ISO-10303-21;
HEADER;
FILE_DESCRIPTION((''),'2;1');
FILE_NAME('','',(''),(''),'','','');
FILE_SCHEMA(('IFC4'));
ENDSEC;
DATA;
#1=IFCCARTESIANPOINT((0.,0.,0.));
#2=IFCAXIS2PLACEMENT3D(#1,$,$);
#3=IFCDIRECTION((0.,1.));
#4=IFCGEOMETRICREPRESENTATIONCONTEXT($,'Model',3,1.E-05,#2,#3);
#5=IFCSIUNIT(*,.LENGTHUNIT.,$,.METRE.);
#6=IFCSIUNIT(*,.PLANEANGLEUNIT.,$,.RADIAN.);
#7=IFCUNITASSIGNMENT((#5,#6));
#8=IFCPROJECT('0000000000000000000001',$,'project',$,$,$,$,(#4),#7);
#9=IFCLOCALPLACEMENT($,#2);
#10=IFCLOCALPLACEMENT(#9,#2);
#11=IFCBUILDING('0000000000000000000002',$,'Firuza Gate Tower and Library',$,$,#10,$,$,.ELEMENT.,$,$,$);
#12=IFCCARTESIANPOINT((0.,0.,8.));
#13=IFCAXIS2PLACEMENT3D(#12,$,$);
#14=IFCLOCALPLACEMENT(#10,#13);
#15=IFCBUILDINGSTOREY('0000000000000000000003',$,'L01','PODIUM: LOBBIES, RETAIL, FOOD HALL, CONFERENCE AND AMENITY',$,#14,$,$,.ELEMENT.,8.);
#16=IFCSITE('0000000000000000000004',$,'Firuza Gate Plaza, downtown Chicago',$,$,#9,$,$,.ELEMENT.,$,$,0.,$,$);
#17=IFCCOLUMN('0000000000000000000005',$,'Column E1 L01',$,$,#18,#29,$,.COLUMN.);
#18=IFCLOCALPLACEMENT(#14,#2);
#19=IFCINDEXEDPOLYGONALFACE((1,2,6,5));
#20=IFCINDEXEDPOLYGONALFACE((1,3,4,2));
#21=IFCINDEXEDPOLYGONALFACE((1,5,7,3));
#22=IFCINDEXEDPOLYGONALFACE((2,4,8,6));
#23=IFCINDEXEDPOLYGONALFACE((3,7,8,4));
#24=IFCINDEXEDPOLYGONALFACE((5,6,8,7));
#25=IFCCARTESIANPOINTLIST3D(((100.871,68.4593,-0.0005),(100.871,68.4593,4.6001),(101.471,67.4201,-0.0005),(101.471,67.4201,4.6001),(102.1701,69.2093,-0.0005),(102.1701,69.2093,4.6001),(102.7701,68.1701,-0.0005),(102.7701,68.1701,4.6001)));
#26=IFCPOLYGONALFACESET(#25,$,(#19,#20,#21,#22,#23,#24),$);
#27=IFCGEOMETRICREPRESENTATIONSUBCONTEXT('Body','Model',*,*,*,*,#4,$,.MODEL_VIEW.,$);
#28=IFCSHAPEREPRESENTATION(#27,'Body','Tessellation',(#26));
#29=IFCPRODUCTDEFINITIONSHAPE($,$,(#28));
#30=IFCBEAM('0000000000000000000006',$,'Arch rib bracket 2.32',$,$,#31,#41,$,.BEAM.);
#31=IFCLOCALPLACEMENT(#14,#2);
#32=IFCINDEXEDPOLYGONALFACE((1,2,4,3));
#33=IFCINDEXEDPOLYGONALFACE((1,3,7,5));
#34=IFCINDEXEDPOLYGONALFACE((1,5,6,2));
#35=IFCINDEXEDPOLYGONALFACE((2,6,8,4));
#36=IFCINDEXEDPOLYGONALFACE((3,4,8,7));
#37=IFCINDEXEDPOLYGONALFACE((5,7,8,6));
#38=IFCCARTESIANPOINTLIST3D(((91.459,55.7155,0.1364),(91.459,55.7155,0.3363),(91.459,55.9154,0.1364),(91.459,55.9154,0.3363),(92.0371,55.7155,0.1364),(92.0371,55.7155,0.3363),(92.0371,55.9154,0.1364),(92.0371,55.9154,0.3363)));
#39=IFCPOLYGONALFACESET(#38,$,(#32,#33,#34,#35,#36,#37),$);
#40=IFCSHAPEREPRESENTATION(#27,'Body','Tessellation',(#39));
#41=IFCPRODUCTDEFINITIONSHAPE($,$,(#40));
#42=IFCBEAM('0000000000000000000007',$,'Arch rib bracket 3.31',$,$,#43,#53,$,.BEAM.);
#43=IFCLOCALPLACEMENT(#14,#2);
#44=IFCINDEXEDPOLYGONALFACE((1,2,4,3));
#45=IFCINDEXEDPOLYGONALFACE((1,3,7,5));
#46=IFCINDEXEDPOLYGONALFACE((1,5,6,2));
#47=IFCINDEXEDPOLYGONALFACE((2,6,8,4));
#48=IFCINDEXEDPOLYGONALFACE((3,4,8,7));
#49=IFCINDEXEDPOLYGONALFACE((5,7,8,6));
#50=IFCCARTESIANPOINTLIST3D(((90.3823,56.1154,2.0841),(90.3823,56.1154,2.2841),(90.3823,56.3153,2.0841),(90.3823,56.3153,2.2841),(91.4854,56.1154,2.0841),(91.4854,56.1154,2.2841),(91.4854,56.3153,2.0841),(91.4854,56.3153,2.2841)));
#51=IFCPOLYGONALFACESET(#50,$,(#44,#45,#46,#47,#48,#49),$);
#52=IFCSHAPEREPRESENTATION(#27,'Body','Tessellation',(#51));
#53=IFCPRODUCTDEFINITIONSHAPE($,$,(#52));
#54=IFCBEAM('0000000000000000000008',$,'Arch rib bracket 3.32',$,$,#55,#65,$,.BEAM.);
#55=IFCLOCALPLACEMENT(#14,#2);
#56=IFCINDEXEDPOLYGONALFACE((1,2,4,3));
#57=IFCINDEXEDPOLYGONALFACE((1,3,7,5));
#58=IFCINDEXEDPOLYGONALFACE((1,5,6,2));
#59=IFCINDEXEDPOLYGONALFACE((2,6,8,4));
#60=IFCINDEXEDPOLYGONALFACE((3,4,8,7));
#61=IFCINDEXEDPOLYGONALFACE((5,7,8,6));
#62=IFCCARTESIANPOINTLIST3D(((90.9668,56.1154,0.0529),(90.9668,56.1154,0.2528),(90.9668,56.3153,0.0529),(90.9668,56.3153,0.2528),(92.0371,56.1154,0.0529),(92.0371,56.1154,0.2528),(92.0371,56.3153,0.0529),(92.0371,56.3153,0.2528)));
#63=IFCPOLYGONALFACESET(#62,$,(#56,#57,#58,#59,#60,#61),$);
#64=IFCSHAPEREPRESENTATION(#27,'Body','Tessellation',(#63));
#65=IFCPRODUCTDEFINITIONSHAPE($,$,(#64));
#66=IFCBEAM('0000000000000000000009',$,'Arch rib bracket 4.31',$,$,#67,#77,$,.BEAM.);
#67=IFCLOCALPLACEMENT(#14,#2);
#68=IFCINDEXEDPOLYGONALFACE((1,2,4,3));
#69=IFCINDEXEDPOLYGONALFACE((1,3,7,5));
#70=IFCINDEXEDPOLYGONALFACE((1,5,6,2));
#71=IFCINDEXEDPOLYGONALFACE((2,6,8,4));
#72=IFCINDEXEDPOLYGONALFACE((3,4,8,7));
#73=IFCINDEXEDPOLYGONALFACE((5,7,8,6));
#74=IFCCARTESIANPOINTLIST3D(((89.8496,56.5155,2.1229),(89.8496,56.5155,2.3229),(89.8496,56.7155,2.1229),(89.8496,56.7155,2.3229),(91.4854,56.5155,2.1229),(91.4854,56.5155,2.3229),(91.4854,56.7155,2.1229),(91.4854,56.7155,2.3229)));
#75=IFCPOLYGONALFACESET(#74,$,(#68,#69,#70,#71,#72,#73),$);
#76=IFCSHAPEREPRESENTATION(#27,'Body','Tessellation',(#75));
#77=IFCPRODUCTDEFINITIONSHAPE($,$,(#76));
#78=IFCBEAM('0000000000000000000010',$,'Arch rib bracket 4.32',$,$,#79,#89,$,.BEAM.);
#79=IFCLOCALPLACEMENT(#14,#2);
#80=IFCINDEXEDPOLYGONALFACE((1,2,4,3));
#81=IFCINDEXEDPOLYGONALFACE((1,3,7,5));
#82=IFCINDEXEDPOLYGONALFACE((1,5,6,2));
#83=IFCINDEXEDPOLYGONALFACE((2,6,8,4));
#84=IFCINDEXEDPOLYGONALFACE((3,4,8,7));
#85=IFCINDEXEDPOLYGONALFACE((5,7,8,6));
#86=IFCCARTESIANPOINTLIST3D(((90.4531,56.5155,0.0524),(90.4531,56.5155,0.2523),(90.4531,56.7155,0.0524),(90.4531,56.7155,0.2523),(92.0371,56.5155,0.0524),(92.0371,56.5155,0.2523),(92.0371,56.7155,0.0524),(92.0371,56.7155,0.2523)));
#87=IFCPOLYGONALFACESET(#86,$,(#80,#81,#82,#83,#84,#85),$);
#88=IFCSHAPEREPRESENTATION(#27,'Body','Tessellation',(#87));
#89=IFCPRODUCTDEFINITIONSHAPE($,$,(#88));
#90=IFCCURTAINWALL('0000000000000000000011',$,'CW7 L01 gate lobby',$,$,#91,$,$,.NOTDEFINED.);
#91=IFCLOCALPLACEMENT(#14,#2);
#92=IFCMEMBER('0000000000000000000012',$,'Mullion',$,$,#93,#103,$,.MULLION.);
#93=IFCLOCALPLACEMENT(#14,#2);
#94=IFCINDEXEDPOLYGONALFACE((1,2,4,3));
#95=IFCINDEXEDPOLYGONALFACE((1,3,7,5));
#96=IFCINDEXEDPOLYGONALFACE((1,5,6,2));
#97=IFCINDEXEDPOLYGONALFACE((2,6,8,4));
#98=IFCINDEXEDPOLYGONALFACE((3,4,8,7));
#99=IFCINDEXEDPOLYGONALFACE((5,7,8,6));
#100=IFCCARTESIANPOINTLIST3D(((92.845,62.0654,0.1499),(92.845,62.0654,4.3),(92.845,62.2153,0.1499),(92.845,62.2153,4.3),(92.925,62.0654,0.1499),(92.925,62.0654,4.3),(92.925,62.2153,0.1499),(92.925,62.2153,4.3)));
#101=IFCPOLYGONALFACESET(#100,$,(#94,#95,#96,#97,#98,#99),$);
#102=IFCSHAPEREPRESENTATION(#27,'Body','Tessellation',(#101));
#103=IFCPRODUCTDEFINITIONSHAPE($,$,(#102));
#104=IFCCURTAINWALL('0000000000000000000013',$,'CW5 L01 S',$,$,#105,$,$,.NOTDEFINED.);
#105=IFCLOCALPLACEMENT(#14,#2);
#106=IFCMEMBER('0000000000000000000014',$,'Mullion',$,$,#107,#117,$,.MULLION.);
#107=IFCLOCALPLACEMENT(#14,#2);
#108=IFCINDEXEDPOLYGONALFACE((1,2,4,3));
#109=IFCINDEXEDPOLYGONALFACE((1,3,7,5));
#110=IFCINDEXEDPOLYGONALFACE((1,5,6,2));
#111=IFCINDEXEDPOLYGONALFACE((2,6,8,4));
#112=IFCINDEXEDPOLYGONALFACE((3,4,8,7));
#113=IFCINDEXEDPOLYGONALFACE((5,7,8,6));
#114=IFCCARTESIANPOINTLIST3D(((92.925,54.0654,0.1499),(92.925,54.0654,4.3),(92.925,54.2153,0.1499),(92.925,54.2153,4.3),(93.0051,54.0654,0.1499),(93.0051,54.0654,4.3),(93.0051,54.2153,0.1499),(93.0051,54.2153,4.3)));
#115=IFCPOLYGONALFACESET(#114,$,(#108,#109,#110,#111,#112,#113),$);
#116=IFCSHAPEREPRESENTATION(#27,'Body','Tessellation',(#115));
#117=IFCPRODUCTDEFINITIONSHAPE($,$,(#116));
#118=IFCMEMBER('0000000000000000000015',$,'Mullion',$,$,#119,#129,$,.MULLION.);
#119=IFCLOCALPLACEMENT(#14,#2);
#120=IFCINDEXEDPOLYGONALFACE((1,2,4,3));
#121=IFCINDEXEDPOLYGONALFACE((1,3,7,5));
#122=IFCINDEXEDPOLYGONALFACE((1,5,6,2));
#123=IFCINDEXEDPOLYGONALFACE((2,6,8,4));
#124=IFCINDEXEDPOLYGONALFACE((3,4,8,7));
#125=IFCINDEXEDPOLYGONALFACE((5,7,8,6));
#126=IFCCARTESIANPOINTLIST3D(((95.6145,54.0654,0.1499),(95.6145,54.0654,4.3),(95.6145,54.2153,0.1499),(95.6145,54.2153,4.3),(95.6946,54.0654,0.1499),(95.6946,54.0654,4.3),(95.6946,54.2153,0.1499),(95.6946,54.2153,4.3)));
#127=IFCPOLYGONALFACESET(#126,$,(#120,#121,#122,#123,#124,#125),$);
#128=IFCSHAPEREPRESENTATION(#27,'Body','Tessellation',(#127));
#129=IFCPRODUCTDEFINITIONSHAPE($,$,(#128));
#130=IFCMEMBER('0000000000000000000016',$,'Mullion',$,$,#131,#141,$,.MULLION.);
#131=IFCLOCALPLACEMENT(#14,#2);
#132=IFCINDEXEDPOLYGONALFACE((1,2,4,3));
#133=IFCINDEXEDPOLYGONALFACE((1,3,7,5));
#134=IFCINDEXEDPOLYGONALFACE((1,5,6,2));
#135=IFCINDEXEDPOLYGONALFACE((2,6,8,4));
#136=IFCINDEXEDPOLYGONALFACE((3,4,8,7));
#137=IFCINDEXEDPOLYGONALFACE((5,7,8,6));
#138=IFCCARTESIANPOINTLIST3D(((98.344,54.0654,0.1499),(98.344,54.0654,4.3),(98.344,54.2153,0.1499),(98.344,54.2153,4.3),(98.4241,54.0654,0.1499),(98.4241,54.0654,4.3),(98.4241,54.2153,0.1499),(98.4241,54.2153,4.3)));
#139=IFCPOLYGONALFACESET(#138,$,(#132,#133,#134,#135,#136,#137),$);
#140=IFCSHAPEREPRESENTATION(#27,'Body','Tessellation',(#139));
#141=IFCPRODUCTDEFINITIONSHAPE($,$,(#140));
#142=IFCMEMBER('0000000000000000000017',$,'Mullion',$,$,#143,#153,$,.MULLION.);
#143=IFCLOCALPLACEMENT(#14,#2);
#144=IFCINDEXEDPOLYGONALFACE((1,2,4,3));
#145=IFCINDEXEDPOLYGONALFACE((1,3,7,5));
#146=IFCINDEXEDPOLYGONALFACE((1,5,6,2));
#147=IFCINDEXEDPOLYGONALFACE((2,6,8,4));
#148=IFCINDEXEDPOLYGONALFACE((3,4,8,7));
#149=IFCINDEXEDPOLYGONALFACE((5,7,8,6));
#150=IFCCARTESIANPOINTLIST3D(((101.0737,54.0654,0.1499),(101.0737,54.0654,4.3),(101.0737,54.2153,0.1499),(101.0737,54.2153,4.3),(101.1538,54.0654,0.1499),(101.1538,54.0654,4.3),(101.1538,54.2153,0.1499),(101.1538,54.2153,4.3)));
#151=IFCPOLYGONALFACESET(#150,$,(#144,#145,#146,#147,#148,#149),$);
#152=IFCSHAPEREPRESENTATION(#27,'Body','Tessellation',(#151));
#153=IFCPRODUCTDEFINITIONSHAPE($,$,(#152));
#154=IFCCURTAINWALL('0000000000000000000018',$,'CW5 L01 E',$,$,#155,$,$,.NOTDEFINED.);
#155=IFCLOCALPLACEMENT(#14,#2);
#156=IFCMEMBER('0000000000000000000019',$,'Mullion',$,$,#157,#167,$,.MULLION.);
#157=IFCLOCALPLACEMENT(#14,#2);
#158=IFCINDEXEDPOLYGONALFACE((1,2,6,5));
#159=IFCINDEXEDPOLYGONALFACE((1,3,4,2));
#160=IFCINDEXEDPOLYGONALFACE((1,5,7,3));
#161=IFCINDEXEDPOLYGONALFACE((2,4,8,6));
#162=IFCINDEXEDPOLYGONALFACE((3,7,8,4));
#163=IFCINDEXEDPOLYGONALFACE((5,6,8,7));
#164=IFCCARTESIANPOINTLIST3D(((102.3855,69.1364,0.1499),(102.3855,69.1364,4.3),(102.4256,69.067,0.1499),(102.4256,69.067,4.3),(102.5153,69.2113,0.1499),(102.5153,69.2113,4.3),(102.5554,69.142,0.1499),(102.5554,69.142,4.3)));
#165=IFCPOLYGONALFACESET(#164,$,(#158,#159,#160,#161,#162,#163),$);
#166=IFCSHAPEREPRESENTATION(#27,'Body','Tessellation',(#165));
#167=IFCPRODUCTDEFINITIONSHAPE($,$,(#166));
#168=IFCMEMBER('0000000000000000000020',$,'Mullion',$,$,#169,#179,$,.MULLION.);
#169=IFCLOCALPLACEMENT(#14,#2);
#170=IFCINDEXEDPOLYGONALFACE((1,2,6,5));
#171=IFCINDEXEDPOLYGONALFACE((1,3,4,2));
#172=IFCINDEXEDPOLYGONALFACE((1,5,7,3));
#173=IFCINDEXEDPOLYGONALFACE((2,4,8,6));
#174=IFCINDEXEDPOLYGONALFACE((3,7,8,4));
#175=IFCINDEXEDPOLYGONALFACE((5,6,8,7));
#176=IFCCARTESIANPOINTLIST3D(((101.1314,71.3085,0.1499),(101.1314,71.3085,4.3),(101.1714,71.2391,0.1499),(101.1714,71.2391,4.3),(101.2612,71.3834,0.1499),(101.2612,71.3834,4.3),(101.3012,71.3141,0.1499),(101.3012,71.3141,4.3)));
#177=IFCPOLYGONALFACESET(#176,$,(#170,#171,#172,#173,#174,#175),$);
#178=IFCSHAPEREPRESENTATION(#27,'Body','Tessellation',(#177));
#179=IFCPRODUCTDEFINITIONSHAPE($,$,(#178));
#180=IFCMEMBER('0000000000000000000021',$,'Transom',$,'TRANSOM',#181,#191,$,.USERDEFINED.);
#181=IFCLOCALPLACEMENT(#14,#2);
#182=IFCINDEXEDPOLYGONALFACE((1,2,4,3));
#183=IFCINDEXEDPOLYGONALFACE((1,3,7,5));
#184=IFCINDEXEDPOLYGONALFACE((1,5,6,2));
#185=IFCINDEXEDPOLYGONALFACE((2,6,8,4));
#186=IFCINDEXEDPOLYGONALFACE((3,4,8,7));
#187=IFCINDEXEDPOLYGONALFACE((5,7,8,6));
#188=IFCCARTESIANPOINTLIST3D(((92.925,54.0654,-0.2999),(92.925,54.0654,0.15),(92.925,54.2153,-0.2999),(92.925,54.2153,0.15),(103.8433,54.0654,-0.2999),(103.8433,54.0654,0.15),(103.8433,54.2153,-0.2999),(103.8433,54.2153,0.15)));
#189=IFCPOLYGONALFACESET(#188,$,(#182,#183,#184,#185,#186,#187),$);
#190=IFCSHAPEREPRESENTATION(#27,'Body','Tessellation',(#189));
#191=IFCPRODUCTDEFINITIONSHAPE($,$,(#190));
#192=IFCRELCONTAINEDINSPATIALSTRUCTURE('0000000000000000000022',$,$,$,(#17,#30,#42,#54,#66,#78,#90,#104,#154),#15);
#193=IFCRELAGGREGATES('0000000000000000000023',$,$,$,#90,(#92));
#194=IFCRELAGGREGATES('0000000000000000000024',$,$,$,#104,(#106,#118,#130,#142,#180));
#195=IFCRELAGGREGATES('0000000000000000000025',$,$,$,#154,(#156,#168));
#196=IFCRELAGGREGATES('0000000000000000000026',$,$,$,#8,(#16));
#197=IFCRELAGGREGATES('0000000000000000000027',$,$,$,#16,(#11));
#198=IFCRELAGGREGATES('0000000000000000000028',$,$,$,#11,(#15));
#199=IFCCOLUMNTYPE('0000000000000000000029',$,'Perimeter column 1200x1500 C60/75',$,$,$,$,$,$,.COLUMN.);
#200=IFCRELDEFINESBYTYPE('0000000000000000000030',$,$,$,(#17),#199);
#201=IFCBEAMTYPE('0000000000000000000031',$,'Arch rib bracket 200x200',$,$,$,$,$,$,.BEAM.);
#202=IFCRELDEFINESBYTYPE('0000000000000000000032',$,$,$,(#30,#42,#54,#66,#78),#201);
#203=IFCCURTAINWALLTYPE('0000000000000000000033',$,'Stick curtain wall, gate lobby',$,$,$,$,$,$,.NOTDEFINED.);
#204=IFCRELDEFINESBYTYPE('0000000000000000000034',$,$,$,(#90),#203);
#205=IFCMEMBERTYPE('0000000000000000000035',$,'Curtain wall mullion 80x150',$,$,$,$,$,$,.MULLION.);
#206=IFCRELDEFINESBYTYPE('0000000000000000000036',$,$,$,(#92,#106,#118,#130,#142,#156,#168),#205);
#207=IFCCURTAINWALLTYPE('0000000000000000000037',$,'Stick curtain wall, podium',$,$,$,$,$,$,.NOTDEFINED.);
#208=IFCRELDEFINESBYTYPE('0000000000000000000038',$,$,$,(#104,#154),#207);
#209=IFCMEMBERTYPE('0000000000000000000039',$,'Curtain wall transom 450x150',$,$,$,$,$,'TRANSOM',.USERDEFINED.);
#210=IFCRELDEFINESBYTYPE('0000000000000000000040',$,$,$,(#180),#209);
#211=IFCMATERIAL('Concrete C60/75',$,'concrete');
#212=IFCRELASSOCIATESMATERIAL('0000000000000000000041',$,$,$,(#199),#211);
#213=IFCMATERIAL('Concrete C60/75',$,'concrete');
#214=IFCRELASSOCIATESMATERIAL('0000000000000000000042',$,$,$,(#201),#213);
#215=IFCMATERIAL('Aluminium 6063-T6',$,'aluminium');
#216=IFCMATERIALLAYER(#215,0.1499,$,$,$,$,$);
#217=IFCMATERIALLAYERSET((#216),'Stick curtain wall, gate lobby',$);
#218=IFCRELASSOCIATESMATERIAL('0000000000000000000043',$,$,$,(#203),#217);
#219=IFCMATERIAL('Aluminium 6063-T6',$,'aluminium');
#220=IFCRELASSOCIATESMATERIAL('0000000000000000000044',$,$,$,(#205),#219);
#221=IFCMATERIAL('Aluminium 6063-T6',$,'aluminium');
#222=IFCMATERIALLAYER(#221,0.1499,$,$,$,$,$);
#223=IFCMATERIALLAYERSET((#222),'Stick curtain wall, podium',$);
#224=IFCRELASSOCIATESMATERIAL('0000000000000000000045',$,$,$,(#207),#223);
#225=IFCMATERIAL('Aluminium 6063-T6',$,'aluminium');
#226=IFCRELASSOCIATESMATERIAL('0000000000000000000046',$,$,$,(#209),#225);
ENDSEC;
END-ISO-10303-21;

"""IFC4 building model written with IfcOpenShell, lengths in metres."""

from ifc_helpers import new_model, si_unit, direction, frame, origin, origin_2d, place, context, subcontext, project, spatial, rectangle, extrude, material, layer, layer_set, material_profile, profile_set, type_object, element, aggregate, save


model = new_model("IFC4")

# Units and contexts
model_context = context("Model", 3, precision=1e-05, world=origin(), true_north=direction((0.0, 1.0)))
body_context = subcontext(model_context, "Body", "Model", "MODEL_VIEW")
ifc_project = project(units=[si_unit("LENGTHUNIT", "METRE"), si_unit("PLANEANGLEUNIT", "RADIAN")], contexts=[model_context])

# Site, building, storey
site_placement = place(None, origin())
site = spatial("IfcSite", under=ifc_project, at=site_placement, Name="Firuza Gate Plaza, downtown Chicago", CompositionType="ELEMENT", RefElevation=0.0)
building_placement = place(site_placement, origin())
building = spatial("IfcBuilding", under=site, at=building_placement, Name="Firuza Gate Tower and Library", CompositionType="ELEMENT")
storey_placement = place(building_placement, frame((0.0, 0.0, 8.0)))
storey = spatial("IfcBuildingStorey", under=building, at=storey_placement, Name="L01", Description="PODIUM: LOBBIES, RETAIL, FOOD HALL, CONFERENCE AND AMENITY", CompositionType="ELEMENT", Elevation=8.0)

# Column
ifc_material_1 = material(Name="Concrete C60/75", Category="concrete")
ifc_material_profile_1 = material_profile(ifc_material_1, rectangle(XDim=1.2, YDim=1.5, at=origin_2d()))
ifc_profile_set_1 = profile_set([ifc_material_profile_1], Name="Concrete C60/75")
column_type = type_object("IfcColumnType", Name="Perimeter column 1200x1500 C60/75", PredefinedType="COLUMN", material=ifc_profile_set_1)
column_placement = place(storey_placement, frame((101.8206, 68.3147, -0.0005), z_axis=(0.0, 0.0, 1.0), x_axis=(-0.5, 0.866025, 0.0)))
element("IfcColumn", 1, at=column_placement, inside=storey, type_object=column_type, Name="Column E1 L01", PredefinedType="COLUMN", context=body_context, shape_type="SweptSolid", body=[
    extrude(rectangle(XDim=1.2, YDim=1.5, at=origin_2d()), origin(), (0.0, 0.0, 1.0), 4.6006),
])

# Beams
ifc_material_2 = material(Name="Concrete C60/75", Category="concrete")
ifc_material_profile_2 = material_profile(ifc_material_2, rectangle(XDim=0.2, YDim=0.2, at=origin_2d()))
ifc_profile_set_2 = profile_set([ifc_material_profile_2], Name="Concrete C60/75")
beam_type_1 = type_object("IfcBeamType", Name="Arch rib bracket 200x200", PredefinedType="BEAM", material=ifc_profile_set_2)
beam_1_placement = place(storey_placement, frame((92.0371, 55.8154, 0.2363), z_axis=(-1.0, 0.0, 0.0), x_axis=(0.0, -1.0, 0.0)))
element("IfcBeam", 2, at=beam_1_placement, inside=storey, type_object=beam_type_1, Name="Arch rib bracket 2.32", PredefinedType="BEAM", context=body_context, shape_type="SweptSolid", body=[
    extrude(rectangle(XDim=0.2, YDim=0.2, at=origin_2d()), origin(), (0.0, 0.0, 1.0), 0.5781),
])
beam_2_placement = place(storey_placement, frame((91.4854, 56.2153, 2.1841), z_axis=(-1.0, 0.0, 0.0), x_axis=(0.0, -1.0, 0.0)))
element("IfcBeam", 3, at=beam_2_placement, inside=storey, type_object=beam_type_1, Name="Arch rib bracket 3.31", PredefinedType="BEAM", context=body_context, shape_type="SweptSolid", body=[
    extrude(rectangle(XDim=0.2, YDim=0.2, at=origin_2d()), origin(), (0.0, 0.0, 1.0), 1.103),
])
beam_3_placement = place(storey_placement, frame((92.0371, 56.2153, 0.1528), z_axis=(-1.0, 0.0, 0.0), x_axis=(0.0, -1.0, 0.0)))
element("IfcBeam", 4, at=beam_3_placement, inside=storey, type_object=beam_type_1, Name="Arch rib bracket 3.32", PredefinedType="BEAM", context=body_context, shape_type="SweptSolid", body=[
    extrude(rectangle(XDim=0.2, YDim=0.2, at=origin_2d()), origin(), (0.0, 0.0, 1.0), 1.0703),
])
beam_4_placement = place(storey_placement, frame((91.4854, 56.6155, 2.2229), z_axis=(-1.0, 0.0, 0.0), x_axis=(0.0, -1.0, 0.0)))
element("IfcBeam", 5, at=beam_4_placement, inside=storey, type_object=beam_type_1, Name="Arch rib bracket 4.31", PredefinedType="BEAM", context=body_context, shape_type="SweptSolid", body=[
    extrude(rectangle(XDim=0.2, YDim=0.2, at=origin_2d()), origin(), (0.0, 0.0, 1.0), 1.6357),
])
beam_5_placement = place(storey_placement, frame((92.0371, 56.6155, 0.1523), z_axis=(-1.0, 0.0, 0.0), x_axis=(0.0, -1.0, 0.0)))
element("IfcBeam", 6, at=beam_5_placement, inside=storey, type_object=beam_type_1, Name="Arch rib bracket 4.32", PredefinedType="BEAM", context=body_context, shape_type="SweptSolid", body=[
    extrude(rectangle(XDim=0.2, YDim=0.2, at=origin_2d()), origin(), (0.0, 0.0, 1.0), 1.584),
])

# Curtain wall, member
ifc_material_3 = material(Name="Aluminium 6063-T6", Category="aluminium")
ifc_layer_1 = layer(ifc_material_3, 0.1499)
ifc_layer_set_1 = layer_set([ifc_layer_1], Name="Stick curtain wall, gate lobby")
curtain_wall_type_1 = type_object("IfcCurtainWallType", Name="Stick curtain wall, gate lobby", PredefinedType="NOTDEFINED", material=ifc_layer_set_1)
placement = place(storey_placement, origin())
curtain_wall_1 = element("IfcCurtainWall", 7, at=placement, inside=storey, type_object=curtain_wall_type_1, Name="CW7 L01 gate lobby", PredefinedType="NOTDEFINED")
ifc_material_4 = material(Name="Aluminium 6063-T6", Category="aluminium")
ifc_material_profile_3 = material_profile(ifc_material_4, rectangle(XDim=0.1499, YDim=0.0801, at=origin_2d()))
ifc_profile_set_3 = profile_set([ifc_material_profile_3], Name="Aluminium 6063-T6")
member_type_1 = type_object("IfcMemberType", Name="Curtain wall mullion 80x150", PredefinedType="MULLION", material=ifc_profile_set_3)
member_1_placement = place(storey_placement, frame((92.885, 62.1404, 0.1499), z_axis=(0.0, 0.0, 1.0), x_axis=(0.0, 1.0, 0.0)))
member_1 = element("IfcMember", 8, at=member_1_placement, type_object=member_type_1, Name="Mullion", PredefinedType="MULLION", context=body_context, shape_type="SweptSolid", body=[
    extrude(rectangle(XDim=0.1499, YDim=0.0801, at=origin_2d()), origin(), (0.0, 0.0, 1.0), 4.1501),
])
aggregate(curtain_wall_1, [member_1])

# Curtain walls, members
ifc_material_5 = material(Name="Aluminium 6063-T6", Category="aluminium")
ifc_layer_2 = layer(ifc_material_5, 0.1499)
ifc_layer_set_2 = layer_set([ifc_layer_2], Name="Stick curtain wall, podium")
curtain_wall_type_2 = type_object("IfcCurtainWallType", Name="Stick curtain wall, podium", PredefinedType="NOTDEFINED", material=ifc_layer_set_2)
curtain_wall_2 = element("IfcCurtainWall", 9, at=placement, inside=storey, type_object=curtain_wall_type_2, Name="CW5 L01 S", PredefinedType="NOTDEFINED")
member_2_placement = place(storey_placement, frame((92.9651, 54.1404, 0.1499), z_axis=(0.0, 0.0, 1.0), x_axis=(0.0, 1.0, 0.0)))
member_2 = element("IfcMember", 10, at=member_2_placement, type_object=member_type_1, Name="Mullion", PredefinedType="MULLION", context=body_context, shape_type="SweptSolid", body=[
    extrude(rectangle(XDim=0.1499, YDim=0.0801, at=origin_2d()), origin(), (0.0, 0.0, 1.0), 4.1501),
])
member_3_placement = place(storey_placement, frame((95.6545, 54.1404, 0.1499), z_axis=(0.0, 0.0, 1.0), x_axis=(0.0, 1.0, 0.0)))
member_3 = element("IfcMember", 11, at=member_3_placement, type_object=member_type_1, Name="Mullion", PredefinedType="MULLION", context=body_context, shape_type="SweptSolid", body=[
    extrude(rectangle(XDim=0.1499, YDim=0.0801, at=origin_2d()), origin(), (0.0, 0.0, 1.0), 4.1501),
])
member_4_placement = place(storey_placement, frame((98.384, 54.1404, 0.1499), z_axis=(0.0, 0.0, 1.0), x_axis=(0.0, 1.0, 0.0)))
member_4 = element("IfcMember", 12, at=member_4_placement, type_object=member_type_1, Name="Mullion", PredefinedType="MULLION", context=body_context, shape_type="SweptSolid", body=[
    extrude(rectangle(XDim=0.1499, YDim=0.0801, at=origin_2d()), origin(), (0.0, 0.0, 1.0), 4.1501),
])
member_5_placement = place(storey_placement, frame((101.1138, 54.1404, 0.1499), z_axis=(0.0, 0.0, 1.0), x_axis=(0.0, 1.0, 0.0)))
member_5 = element("IfcMember", 13, at=member_5_placement, type_object=member_type_1, Name="Mullion", PredefinedType="MULLION", context=body_context, shape_type="SweptSolid", body=[
    extrude(rectangle(XDim=0.1499, YDim=0.0801, at=origin_2d()), origin(), (0.0, 0.0, 1.0), 4.1501),
])
curtain_wall_3 = element("IfcCurtainWall", 14, at=placement, inside=storey, type_object=curtain_wall_type_2, Name="CW5 L01 E", PredefinedType="NOTDEFINED")
member_6_placement = place(storey_placement, frame((102.4705, 69.1392, 0.1499), z_axis=(0.0, 0.0, 1.0), x_axis=(-0.866025, -0.5, 0.0)))
member_6 = element("IfcMember", 15, at=member_6_placement, type_object=member_type_1, Name="Mullion", PredefinedType="MULLION", context=body_context, shape_type="SweptSolid", body=[
    extrude(rectangle(XDim=0.1499, YDim=0.0801, at=origin_2d()), origin(), (0.0, 0.0, 1.0), 4.1501),
])
member_7_placement = place(storey_placement, frame((101.2163, 71.3113, 0.1499), z_axis=(0.0, 0.0, 1.0), x_axis=(-0.866025, -0.5, 0.0)))
member_7 = element("IfcMember", 16, at=member_7_placement, type_object=member_type_1, Name="Mullion", PredefinedType="MULLION", context=body_context, shape_type="SweptSolid", body=[
    extrude(rectangle(XDim=0.1499, YDim=0.0801, at=origin_2d()), origin(), (0.0, 0.0, 1.0), 4.1501),
])

# Member
ifc_material_6 = material(Name="Aluminium 6063-T6", Category="aluminium")
ifc_material_profile_4 = material_profile(ifc_material_6, rectangle(XDim=0.1499, YDim=0.45, at=origin_2d()))
ifc_profile_set_4 = profile_set([ifc_material_profile_4], Name="Aluminium 6063-T6")
member_type_2 = type_object("IfcMemberType", Name="Curtain wall transom 450x150", ElementType="TRANSOM", PredefinedType="USERDEFINED", material=ifc_profile_set_4)
member_8_placement = place(storey_placement, frame((92.925, 54.1404, -0.075), z_axis=(1.0, 0.0, 0.0), x_axis=(0.0, 1.0, 0.0)))
member_8 = element("IfcMember", 17, at=member_8_placement, type_object=member_type_2, Name="Transom", ObjectType="TRANSOM", PredefinedType="USERDEFINED", context=body_context, shape_type="SweptSolid", body=[
    extrude(rectangle(XDim=0.1499, YDim=0.45, at=origin_2d()), origin(), (0.0, 0.0, 1.0), 10.9182),
])

aggregate(curtain_wall_2, [member_2, member_3, member_4, member_5, member_8])
aggregate(curtain_wall_3, [member_6, member_7])

save(model, "model.ifc")
